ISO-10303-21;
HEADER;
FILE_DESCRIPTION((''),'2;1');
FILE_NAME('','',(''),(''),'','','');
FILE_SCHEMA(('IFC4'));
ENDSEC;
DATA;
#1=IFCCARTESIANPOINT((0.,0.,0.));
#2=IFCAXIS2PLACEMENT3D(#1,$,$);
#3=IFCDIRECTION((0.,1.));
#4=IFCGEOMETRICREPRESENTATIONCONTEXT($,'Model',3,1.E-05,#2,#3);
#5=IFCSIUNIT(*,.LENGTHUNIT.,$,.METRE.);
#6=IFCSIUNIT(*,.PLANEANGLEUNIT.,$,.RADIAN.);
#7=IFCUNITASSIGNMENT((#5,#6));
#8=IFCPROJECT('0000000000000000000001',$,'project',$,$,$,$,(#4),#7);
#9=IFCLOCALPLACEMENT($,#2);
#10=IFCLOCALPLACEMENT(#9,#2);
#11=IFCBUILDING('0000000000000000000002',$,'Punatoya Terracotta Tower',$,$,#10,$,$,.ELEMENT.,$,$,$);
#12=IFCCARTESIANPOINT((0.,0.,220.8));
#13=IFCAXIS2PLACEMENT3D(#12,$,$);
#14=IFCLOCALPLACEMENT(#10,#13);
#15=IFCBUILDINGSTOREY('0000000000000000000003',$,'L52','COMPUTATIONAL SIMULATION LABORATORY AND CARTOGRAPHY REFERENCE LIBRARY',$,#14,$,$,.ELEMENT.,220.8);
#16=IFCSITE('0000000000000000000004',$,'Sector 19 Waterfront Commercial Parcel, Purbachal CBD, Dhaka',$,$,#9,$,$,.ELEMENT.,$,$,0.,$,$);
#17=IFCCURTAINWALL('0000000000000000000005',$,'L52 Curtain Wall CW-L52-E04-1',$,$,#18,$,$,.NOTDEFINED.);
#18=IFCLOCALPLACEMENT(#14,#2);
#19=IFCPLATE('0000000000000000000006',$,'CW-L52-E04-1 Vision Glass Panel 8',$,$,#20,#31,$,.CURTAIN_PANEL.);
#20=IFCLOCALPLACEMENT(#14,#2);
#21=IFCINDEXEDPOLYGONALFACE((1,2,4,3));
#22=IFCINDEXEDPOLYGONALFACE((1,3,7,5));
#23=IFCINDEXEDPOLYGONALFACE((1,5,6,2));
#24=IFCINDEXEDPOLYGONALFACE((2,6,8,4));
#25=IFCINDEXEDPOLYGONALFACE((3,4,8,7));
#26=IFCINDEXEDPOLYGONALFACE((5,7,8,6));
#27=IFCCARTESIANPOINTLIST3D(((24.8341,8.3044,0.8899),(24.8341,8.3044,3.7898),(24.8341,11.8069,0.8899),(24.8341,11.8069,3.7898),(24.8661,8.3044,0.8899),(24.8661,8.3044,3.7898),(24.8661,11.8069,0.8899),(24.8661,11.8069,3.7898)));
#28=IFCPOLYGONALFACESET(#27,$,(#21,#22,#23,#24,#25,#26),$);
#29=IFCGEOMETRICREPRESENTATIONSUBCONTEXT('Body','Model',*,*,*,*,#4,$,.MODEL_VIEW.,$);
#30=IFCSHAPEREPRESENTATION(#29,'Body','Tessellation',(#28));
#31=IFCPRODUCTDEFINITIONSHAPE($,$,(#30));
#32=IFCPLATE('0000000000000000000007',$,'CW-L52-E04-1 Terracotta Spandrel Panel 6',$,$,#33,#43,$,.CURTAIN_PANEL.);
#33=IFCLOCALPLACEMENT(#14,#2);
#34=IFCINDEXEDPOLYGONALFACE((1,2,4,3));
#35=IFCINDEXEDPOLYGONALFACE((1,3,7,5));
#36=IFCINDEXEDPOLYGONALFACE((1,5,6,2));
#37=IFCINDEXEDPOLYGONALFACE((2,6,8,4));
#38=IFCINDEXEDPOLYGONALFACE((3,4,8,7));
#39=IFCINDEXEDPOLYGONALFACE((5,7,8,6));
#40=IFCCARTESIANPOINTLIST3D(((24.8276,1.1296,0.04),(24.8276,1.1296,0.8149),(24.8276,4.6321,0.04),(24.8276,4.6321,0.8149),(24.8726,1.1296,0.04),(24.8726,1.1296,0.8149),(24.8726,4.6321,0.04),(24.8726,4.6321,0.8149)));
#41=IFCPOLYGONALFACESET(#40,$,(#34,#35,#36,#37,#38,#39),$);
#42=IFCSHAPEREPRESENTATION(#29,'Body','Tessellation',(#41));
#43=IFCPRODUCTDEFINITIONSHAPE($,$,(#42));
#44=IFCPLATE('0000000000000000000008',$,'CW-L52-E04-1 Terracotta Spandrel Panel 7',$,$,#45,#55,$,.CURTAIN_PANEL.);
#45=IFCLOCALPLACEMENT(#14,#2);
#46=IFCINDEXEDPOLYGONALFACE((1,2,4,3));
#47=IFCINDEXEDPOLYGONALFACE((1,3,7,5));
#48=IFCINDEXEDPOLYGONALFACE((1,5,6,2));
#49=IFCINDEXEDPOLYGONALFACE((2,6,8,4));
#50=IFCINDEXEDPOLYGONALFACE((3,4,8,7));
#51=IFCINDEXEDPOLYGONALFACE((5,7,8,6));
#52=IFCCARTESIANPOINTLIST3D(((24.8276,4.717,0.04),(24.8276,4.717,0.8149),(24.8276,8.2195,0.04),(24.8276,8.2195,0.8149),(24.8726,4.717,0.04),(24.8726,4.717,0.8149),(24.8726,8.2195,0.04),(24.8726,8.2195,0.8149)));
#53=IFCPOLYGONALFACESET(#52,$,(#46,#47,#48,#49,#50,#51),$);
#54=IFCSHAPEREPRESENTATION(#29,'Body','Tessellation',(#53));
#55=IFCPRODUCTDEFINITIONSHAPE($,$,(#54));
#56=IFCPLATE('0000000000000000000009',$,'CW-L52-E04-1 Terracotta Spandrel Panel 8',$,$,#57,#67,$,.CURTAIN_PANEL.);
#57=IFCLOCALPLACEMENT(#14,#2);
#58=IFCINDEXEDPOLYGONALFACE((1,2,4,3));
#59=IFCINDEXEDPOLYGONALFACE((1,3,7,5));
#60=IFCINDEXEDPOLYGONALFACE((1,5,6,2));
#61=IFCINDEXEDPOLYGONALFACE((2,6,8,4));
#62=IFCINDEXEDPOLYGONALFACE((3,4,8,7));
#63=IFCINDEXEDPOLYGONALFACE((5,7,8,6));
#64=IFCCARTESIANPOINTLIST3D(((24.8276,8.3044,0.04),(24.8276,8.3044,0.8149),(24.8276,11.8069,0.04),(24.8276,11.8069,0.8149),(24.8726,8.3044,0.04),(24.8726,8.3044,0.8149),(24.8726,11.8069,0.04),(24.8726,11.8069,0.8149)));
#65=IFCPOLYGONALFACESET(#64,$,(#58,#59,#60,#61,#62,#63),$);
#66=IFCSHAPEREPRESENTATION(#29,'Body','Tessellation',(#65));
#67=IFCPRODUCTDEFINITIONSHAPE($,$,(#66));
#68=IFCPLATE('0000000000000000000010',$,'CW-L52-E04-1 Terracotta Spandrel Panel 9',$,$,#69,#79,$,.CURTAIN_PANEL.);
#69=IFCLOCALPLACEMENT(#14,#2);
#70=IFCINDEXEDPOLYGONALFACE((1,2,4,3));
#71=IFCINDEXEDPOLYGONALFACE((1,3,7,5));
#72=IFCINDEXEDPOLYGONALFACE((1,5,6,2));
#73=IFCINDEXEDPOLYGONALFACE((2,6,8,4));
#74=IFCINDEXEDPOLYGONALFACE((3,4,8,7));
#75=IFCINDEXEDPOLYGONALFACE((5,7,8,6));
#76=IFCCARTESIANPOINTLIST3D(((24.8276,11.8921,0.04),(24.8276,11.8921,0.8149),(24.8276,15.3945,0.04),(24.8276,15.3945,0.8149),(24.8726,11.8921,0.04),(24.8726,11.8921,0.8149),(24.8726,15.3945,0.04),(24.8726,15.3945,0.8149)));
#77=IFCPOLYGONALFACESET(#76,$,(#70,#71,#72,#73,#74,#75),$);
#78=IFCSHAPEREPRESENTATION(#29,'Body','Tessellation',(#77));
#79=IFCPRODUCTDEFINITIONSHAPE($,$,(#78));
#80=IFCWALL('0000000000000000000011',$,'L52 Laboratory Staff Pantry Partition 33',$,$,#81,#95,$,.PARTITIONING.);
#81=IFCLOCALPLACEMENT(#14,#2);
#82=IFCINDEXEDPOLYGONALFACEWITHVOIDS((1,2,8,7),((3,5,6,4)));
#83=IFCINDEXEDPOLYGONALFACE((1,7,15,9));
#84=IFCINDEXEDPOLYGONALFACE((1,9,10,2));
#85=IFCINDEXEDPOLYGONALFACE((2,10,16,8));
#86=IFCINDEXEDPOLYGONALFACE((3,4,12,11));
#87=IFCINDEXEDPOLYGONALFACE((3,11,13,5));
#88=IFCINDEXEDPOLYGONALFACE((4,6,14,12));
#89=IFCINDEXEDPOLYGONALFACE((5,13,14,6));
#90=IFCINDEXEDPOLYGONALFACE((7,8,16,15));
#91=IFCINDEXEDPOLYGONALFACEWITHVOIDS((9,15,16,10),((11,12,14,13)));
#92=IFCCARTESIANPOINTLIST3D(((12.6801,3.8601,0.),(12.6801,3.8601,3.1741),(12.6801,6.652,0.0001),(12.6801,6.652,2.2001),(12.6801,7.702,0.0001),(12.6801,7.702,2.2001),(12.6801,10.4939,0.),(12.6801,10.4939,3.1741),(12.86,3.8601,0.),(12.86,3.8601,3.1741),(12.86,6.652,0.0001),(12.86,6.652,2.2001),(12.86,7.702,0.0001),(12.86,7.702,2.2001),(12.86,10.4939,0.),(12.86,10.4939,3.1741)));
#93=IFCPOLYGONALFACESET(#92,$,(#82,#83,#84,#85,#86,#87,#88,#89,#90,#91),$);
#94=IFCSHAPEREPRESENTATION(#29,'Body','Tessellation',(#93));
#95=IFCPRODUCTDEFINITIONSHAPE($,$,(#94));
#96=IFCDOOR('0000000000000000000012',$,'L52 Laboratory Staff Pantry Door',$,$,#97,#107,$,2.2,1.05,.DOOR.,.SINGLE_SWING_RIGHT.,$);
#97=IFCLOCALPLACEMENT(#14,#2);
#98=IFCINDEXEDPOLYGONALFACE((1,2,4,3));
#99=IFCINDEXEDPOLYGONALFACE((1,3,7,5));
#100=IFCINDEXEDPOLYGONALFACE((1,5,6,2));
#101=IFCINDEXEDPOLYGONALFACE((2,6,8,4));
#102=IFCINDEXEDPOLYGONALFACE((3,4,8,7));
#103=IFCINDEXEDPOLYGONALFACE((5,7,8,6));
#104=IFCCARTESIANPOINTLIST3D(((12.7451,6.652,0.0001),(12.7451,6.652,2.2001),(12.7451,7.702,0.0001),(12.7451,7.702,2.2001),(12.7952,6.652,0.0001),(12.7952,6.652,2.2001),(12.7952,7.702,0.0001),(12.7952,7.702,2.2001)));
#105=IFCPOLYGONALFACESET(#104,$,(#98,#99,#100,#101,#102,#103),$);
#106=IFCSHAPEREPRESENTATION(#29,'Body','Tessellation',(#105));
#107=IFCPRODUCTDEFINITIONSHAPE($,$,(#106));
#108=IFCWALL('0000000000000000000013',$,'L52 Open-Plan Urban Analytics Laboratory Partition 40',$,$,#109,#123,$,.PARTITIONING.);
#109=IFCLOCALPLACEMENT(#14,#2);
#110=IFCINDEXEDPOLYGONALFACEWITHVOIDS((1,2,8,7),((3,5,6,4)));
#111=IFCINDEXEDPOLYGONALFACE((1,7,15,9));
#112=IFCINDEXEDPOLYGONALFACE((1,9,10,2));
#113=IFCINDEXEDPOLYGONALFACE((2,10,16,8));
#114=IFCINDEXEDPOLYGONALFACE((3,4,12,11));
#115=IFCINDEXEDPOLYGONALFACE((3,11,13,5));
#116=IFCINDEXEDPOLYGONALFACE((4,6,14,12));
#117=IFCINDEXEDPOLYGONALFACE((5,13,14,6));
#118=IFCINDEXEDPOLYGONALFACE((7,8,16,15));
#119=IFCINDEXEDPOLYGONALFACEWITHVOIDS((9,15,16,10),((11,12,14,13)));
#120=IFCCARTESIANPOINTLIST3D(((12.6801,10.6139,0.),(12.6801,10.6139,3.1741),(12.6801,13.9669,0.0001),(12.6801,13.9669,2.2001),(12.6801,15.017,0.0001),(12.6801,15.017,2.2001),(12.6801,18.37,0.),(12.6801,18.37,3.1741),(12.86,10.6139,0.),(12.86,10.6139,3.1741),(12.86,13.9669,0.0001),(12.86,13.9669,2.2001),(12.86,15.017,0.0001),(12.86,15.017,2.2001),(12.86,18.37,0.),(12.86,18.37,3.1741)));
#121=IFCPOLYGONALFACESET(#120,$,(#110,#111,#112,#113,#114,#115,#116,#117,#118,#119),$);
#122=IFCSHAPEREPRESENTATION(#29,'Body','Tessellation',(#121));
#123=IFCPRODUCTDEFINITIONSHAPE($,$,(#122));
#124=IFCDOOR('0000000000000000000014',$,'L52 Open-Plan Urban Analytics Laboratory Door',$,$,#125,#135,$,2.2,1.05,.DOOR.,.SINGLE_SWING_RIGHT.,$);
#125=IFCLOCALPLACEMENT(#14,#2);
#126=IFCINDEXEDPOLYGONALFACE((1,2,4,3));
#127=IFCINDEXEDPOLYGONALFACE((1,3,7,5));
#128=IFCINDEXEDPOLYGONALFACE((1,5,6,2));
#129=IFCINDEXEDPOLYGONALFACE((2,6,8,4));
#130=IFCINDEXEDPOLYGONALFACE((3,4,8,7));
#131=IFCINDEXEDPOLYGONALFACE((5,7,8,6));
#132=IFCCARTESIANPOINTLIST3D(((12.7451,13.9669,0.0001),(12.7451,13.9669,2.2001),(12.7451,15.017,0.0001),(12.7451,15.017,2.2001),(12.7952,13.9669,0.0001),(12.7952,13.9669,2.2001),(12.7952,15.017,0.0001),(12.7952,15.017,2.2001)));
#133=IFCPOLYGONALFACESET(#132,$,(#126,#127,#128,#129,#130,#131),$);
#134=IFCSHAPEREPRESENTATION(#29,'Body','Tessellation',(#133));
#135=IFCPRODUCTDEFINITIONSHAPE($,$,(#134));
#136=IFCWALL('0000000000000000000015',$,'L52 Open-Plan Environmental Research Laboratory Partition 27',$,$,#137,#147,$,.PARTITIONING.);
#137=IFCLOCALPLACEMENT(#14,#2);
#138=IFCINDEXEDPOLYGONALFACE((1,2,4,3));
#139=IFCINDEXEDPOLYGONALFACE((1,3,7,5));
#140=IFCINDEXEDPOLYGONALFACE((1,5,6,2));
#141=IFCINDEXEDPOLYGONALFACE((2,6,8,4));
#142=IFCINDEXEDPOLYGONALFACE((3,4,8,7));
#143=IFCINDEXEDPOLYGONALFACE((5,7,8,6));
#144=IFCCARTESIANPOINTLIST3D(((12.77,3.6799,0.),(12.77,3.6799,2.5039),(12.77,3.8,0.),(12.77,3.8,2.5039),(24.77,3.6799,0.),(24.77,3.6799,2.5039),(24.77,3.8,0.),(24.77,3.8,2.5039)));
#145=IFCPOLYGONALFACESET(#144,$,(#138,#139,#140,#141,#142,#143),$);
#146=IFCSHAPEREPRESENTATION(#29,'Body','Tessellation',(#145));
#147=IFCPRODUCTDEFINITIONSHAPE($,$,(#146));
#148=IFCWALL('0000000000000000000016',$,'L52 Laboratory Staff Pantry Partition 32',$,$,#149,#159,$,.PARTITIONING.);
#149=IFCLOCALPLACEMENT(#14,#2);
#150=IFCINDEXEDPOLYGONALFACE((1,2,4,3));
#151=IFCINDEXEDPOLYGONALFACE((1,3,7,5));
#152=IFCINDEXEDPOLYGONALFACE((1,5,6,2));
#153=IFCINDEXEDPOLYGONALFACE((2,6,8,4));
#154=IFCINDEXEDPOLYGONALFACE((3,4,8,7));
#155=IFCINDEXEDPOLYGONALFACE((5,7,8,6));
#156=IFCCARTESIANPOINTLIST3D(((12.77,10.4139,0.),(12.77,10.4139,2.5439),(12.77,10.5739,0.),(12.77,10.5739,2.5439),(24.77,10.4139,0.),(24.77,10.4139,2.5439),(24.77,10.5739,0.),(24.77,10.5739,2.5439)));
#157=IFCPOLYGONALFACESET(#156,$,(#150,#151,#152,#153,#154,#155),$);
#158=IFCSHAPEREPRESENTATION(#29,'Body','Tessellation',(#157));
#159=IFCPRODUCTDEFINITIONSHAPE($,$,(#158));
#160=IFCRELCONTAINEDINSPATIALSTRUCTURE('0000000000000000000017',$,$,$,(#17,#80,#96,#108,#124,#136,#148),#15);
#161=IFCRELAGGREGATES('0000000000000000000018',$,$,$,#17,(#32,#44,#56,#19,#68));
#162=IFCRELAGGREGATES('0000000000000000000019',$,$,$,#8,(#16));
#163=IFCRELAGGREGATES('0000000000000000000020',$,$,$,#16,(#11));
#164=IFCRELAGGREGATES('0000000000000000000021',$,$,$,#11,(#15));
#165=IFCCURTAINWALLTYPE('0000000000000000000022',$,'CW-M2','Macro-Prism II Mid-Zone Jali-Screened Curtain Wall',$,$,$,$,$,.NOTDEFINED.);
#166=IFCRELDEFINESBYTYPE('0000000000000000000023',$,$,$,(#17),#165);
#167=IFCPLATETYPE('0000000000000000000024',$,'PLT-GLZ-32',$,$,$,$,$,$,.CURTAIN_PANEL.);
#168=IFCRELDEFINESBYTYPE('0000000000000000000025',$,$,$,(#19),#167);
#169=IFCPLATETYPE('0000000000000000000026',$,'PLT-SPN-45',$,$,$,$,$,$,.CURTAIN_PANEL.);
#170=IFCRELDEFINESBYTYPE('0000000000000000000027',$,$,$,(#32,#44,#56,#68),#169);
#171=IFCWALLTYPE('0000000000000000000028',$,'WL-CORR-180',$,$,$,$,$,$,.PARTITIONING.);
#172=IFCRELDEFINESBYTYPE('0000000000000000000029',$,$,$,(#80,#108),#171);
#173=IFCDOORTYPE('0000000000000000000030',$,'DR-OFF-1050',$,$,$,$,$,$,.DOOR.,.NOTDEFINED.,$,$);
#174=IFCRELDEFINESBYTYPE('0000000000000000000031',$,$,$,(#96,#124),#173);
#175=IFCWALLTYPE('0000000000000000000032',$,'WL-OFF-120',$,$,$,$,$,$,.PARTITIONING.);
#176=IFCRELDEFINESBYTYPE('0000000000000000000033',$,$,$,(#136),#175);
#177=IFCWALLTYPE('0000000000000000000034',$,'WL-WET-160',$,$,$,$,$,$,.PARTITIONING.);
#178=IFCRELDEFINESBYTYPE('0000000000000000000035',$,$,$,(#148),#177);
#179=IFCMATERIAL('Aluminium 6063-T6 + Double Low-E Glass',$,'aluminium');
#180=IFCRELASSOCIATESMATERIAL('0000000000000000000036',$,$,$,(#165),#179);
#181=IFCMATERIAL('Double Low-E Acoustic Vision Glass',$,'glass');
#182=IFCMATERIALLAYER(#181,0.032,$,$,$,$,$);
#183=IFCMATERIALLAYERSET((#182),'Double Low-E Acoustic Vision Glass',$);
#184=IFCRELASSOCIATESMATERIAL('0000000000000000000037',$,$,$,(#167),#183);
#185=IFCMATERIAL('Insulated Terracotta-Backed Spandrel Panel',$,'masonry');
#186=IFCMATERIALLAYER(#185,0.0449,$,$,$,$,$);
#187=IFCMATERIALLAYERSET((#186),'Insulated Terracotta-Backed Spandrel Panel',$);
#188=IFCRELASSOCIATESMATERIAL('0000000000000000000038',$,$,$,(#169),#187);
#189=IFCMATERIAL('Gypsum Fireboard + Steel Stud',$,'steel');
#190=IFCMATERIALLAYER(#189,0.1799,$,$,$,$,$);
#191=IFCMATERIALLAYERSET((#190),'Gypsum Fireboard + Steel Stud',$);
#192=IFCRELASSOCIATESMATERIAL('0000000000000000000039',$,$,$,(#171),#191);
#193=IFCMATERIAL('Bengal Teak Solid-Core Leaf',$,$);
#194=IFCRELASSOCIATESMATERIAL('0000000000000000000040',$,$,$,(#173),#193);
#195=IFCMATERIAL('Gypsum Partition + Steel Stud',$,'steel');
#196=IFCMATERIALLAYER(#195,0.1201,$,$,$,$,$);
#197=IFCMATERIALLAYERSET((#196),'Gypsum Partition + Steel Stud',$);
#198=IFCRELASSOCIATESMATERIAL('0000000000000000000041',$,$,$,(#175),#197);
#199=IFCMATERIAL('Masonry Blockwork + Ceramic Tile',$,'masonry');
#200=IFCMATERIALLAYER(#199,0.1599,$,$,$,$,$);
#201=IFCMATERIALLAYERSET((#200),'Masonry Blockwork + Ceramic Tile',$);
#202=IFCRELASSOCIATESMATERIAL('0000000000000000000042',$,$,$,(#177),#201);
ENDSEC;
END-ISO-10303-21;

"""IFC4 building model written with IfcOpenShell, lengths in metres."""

from ifc_helpers import new_model, si_unit, direction, frame, frame_2d, origin, origin_2d, place, context, subcontext, project, spatial, rectangle, extrude, material, layer, layer_set, type_object, element, fill, aggregate, save


model = new_model("IFC4")

# Units and contexts
model_context = context("Model", 3, precision=1e-05, world=origin(), true_north=direction((0.0, 1.0)))
body_context = subcontext(model_context, "Body", "Model", "MODEL_VIEW")
ifc_project = project(units=[si_unit("LENGTHUNIT", "METRE"), si_unit("PLANEANGLEUNIT", "RADIAN")], contexts=[model_context])

# Site, building, storey
site_placement = place(None, origin())
site = spatial("IfcSite", under=ifc_project, at=site_placement, Name="Sector 19 Waterfront Commercial Parcel, Purbachal CBD, Dhaka", CompositionType="ELEMENT", RefElevation=0.0)
building_placement = place(site_placement, origin())
building = spatial("IfcBuilding", under=site, at=building_placement, Name="Punatoya Terracotta Tower", CompositionType="ELEMENT")
storey_placement = place(building_placement, frame((0.0, 0.0, 220.8)))
storey = spatial("IfcBuildingStorey", under=building, at=storey_placement, Name="L52", Description="COMPUTATIONAL SIMULATION LABORATORY AND CARTOGRAPHY REFERENCE LIBRARY", CompositionType="ELEMENT", Elevation=220.8)

# Curtain wall, plates
ifc_material_1 = material(Name="Aluminium 6063-T6 + Double Low-E Glass", Category="aluminium")
curtain_wall_type = type_object("IfcCurtainWallType", Name="CW-M2", Description="Macro-Prism II Mid-Zone Jali-Screened Curtain Wall", PredefinedType="NOTDEFINED", material=ifc_material_1)
curtain_wall_placement = place(storey_placement, origin())
curtain_wall = element("IfcCurtainWall", 1, at=curtain_wall_placement, inside=storey, type_object=curtain_wall_type, Name="L52 Curtain Wall CW-L52-E04-1", PredefinedType="NOTDEFINED")
ifc_material_2 = material(Name="Double Low-E Acoustic Vision Glass", Category="glass")
ifc_layer_1 = layer(ifc_material_2, 0.032)
ifc_layer_set_1 = layer_set([ifc_layer_1], Name="Double Low-E Acoustic Vision Glass")
plate_type_1 = type_object("IfcPlateType", Name="PLT-GLZ-32", PredefinedType="CURTAIN_PANEL", material=ifc_layer_set_1)
plate_1_placement = place(storey_placement, frame((24.8501, 10.0557, 0.8899), z_axis=(0.0, 0.0, 1.0), x_axis=(0.0, 1.0, 0.0)))
plate_1 = element("IfcPlate", 2, at=plate_1_placement, type_object=plate_type_1, Name="CW-L52-E04-1 Vision Glass Panel 8", PredefinedType="CURTAIN_PANEL", context=body_context, shape_type="SweptSolid", body=[
    extrude(rectangle(XDim=3.5024, YDim=0.032, at=origin_2d()), origin(), (0.0, 0.0, 1.0), 2.8999),
])
ifc_material_3 = material(Name="Insulated Terracotta-Backed Spandrel Panel", Category="masonry")
ifc_layer_2 = layer(ifc_material_3, 0.0449)
ifc_layer_set_2 = layer_set([ifc_layer_2], Name="Insulated Terracotta-Backed Spandrel Panel")
plate_type_2 = type_object("IfcPlateType", Name="PLT-SPN-45", PredefinedType="CURTAIN_PANEL", material=ifc_layer_set_2)
plate_2_placement = place(storey_placement, frame((24.8501, 2.8809, 0.04), z_axis=(0.0, 0.0, 1.0), x_axis=(0.0, 1.0, 0.0)))
plate_2 = element("IfcPlate", 3, at=plate_2_placement, type_object=plate_type_2, Name="CW-L52-E04-1 Terracotta Spandrel Panel 6", PredefinedType="CURTAIN_PANEL", context=body_context, shape_type="SweptSolid", body=[
    extrude(rectangle(XDim=3.5024, YDim=0.0449, at=origin_2d()), origin(), (0.0, 0.0, 1.0), 0.7749),
])
plate_3_placement = place(storey_placement, frame((24.8501, 6.4683, 0.04), z_axis=(0.0, 0.0, 1.0), x_axis=(0.0, 1.0, 0.0)))
plate_3 = element("IfcPlate", 4, at=plate_3_placement, type_object=plate_type_2, Name="CW-L52-E04-1 Terracotta Spandrel Panel 7", PredefinedType="CURTAIN_PANEL", context=body_context, shape_type="SweptSolid", body=[
    extrude(rectangle(XDim=3.5024, YDim=0.0449, at=origin_2d()), origin(), (0.0, 0.0, 1.0), 0.7749),
])
plate_4_placement = place(storey_placement, frame((24.8501, 10.0557, 0.04), z_axis=(0.0, 0.0, 1.0), x_axis=(0.0, 1.0, 0.0)))
plate_4 = element("IfcPlate", 5, at=plate_4_placement, type_object=plate_type_2, Name="CW-L52-E04-1 Terracotta Spandrel Panel 8", PredefinedType="CURTAIN_PANEL", context=body_context, shape_type="SweptSolid", body=[
    extrude(rectangle(XDim=3.5024, YDim=0.0449, at=origin_2d()), origin(), (0.0, 0.0, 1.0), 0.7749),
])
plate_5_placement = place(storey_placement, frame((24.8501, 13.6433, 0.04), z_axis=(0.0, 0.0, 1.0), x_axis=(0.0, 1.0, 0.0)))
plate_5 = element("IfcPlate", 6, at=plate_5_placement, type_object=plate_type_2, Name="CW-L52-E04-1 Terracotta Spandrel Panel 9", PredefinedType="CURTAIN_PANEL", context=body_context, shape_type="SweptSolid", body=[
    extrude(rectangle(XDim=3.5024, YDim=0.0449, at=origin_2d()), origin(), (0.0, 0.0, 1.0), 0.7749),
])
aggregate(curtain_wall, [plate_2, plate_3, plate_4, plate_1, plate_5])

# Walls, openings, doors
ifc_material_4 = material(Name="Gypsum Fireboard + Steel Stud", Category="steel")
ifc_layer_3 = layer(ifc_material_4, 0.1799)
ifc_layer_set_3 = layer_set([ifc_layer_3], Name="Gypsum Fireboard + Steel Stud")
wall_type_1 = type_object("IfcWallType", Name="WL-CORR-180", PredefinedType="PARTITIONING", material=ifc_layer_set_3)
wall_1_placement = place(storey_placement, frame((12.77, 3.8601, 0.0), z_axis=(0.0, 0.0, 1.0), x_axis=(0.0, 1.0, 0.0)))
wall_1 = element("IfcWall", 7, at=wall_1_placement, inside=storey, type_object=wall_type_1, Name="L52 Laboratory Staff Pantry Partition 33", PredefinedType="PARTITIONING", context=body_context, shape_type="SweptSolid", body=[
    extrude(rectangle(XDim=6.6338, YDim=0.1799, at=frame_2d((3.3169, 0.0))), origin(), (0.0, 0.0, 1.0), 3.1741),
])
opening_1_placement = place(wall_1_placement, frame((2.792, 0.0, 0.0)))
opening_1 = element("IfcOpeningElement", 8, at=opening_1_placement, cuts=wall_1, PredefinedType="OPENING", context=body_context, shape_type="SweptSolid", body=[
    extrude(rectangle(XDim=1.05, YDim=2.2, at=frame_2d((0.5249, 1.1001))), frame((0.0, 0.0999, 0.0), z_axis=(0.0, -1.0, 0.0), x_axis=(1.0, 0.0, 0.0)), (0.0, 0.0, 1.0), 0.2),
])
ifc_material_5 = material(Name="Bengal Teak Solid-Core Leaf")
door_type = type_object("IfcDoorType", Name="DR-OFF-1050", OperationType="NOTDEFINED", PredefinedType="DOOR", material=ifc_material_5)
door_1_placement = place(opening_1_placement, origin())
door_1 = element("IfcDoor", 9, at=door_1_placement, inside=storey, type_object=door_type, Name="L52 Laboratory Staff Pantry Door", OperationType="SINGLE_SWING_RIGHT", OverallHeight=2.2, OverallWidth=1.05, PredefinedType="DOOR", context=body_context, shape_type="SweptSolid", body=[
    extrude(rectangle(XDim=1.05, YDim=2.2, at=frame_2d((0.5249, 1.1001))), frame((0.0, 0.0249, 0.0), z_axis=(0.0, -1.0, 0.0), x_axis=(1.0, 0.0, 0.0)), (0.0, 0.0, 1.0), 0.05),
])
fill(opening_1, door_1)
wall_2_placement = place(storey_placement, frame((12.77, 10.614, 0.0), z_axis=(0.0, 0.0, 1.0), x_axis=(0.0, 1.0, 0.0)))
wall_2 = element("IfcWall", 10, at=wall_2_placement, inside=storey, type_object=wall_type_1, Name="L52 Open-Plan Urban Analytics Laboratory Partition 40", PredefinedType="PARTITIONING", context=body_context, shape_type="SweptSolid", body=[
    extrude(rectangle(XDim=7.7561, YDim=0.1799, at=frame_2d((3.8779, 0.0))), origin(), (0.0, 0.0, 1.0), 3.1741),
])
opening_2_placement = place(wall_2_placement, frame((3.353, 0.0, 0.0)))
opening_2 = element("IfcOpeningElement", 11, at=opening_2_placement, cuts=wall_2, PredefinedType="OPENING", context=body_context, shape_type="SweptSolid", body=[
    extrude(rectangle(XDim=1.05, YDim=2.2, at=frame_2d((0.5249, 1.1001))), frame((0.0, 0.0999, 0.0), z_axis=(0.0, -1.0, 0.0), x_axis=(1.0, 0.0, 0.0)), (0.0, 0.0, 1.0), 0.2),
])
door_2_placement = place(opening_2_placement, origin())
door_2 = element("IfcDoor", 12, at=door_2_placement, inside=storey, type_object=door_type, Name="L52 Open-Plan Urban Analytics Laboratory Door", OperationType="SINGLE_SWING_RIGHT", OverallHeight=2.2, OverallWidth=1.05, PredefinedType="DOOR", context=body_context, shape_type="SweptSolid", body=[
    extrude(rectangle(XDim=1.05, YDim=2.2, at=frame_2d((0.5249, 1.1001))), frame((0.0, 0.0249, 0.0), z_axis=(0.0, -1.0, 0.0), x_axis=(1.0, 0.0, 0.0)), (0.0, 0.0, 1.0), 0.05),
])
fill(opening_2, door_2)

# Walls
ifc_material_6 = material(Name="Gypsum Partition + Steel Stud", Category="steel")
ifc_layer_4 = layer(ifc_material_6, 0.1201)
ifc_layer_set_4 = layer_set([ifc_layer_4], Name="Gypsum Partition + Steel Stud")
wall_type_2 = type_object("IfcWallType", Name="WL-OFF-120", PredefinedType="PARTITIONING", material=ifc_layer_set_4)
wall_3_placement = place(storey_placement, frame((12.77, 3.74, 0.0), z_axis=(0.0, 0.0, 1.0), x_axis=(1.0, 0.0, 0.0)))
element("IfcWall", 13, at=wall_3_placement, inside=storey, type_object=wall_type_2, Name="L52 Open-Plan Environmental Research Laboratory Partition 27", PredefinedType="PARTITIONING", context=body_context, shape_type="SweptSolid", body=[
    extrude(rectangle(XDim=12.0, YDim=0.1201, at=frame_2d((6.0, 0.0))), origin(), (0.0, 0.0, 1.0), 2.5039),
])
ifc_material_7 = material(Name="Masonry Blockwork + Ceramic Tile", Category="masonry")
ifc_layer_5 = layer(ifc_material_7, 0.1599)
ifc_layer_set_5 = layer_set([ifc_layer_5], Name="Masonry Blockwork + Ceramic Tile")
wall_type_3 = type_object("IfcWallType", Name="WL-WET-160", PredefinedType="PARTITIONING", material=ifc_layer_set_5)
wall_4_placement = place(storey_placement, frame((12.77, 10.4939, 0.0), z_axis=(0.0, 0.0, 1.0), x_axis=(1.0, 0.0, 0.0)))
element("IfcWall", 14, at=wall_4_placement, inside=storey, type_object=wall_type_3, Name="L52 Laboratory Staff Pantry Partition 32", PredefinedType="PARTITIONING", context=body_context, shape_type="SweptSolid", body=[
    extrude(rectangle(XDim=12.0, YDim=0.1599, at=frame_2d((6.0, 0.0))), origin(), (0.0, 0.0, 1.0), 2.5439),
])

save(model, "model.ifc")
